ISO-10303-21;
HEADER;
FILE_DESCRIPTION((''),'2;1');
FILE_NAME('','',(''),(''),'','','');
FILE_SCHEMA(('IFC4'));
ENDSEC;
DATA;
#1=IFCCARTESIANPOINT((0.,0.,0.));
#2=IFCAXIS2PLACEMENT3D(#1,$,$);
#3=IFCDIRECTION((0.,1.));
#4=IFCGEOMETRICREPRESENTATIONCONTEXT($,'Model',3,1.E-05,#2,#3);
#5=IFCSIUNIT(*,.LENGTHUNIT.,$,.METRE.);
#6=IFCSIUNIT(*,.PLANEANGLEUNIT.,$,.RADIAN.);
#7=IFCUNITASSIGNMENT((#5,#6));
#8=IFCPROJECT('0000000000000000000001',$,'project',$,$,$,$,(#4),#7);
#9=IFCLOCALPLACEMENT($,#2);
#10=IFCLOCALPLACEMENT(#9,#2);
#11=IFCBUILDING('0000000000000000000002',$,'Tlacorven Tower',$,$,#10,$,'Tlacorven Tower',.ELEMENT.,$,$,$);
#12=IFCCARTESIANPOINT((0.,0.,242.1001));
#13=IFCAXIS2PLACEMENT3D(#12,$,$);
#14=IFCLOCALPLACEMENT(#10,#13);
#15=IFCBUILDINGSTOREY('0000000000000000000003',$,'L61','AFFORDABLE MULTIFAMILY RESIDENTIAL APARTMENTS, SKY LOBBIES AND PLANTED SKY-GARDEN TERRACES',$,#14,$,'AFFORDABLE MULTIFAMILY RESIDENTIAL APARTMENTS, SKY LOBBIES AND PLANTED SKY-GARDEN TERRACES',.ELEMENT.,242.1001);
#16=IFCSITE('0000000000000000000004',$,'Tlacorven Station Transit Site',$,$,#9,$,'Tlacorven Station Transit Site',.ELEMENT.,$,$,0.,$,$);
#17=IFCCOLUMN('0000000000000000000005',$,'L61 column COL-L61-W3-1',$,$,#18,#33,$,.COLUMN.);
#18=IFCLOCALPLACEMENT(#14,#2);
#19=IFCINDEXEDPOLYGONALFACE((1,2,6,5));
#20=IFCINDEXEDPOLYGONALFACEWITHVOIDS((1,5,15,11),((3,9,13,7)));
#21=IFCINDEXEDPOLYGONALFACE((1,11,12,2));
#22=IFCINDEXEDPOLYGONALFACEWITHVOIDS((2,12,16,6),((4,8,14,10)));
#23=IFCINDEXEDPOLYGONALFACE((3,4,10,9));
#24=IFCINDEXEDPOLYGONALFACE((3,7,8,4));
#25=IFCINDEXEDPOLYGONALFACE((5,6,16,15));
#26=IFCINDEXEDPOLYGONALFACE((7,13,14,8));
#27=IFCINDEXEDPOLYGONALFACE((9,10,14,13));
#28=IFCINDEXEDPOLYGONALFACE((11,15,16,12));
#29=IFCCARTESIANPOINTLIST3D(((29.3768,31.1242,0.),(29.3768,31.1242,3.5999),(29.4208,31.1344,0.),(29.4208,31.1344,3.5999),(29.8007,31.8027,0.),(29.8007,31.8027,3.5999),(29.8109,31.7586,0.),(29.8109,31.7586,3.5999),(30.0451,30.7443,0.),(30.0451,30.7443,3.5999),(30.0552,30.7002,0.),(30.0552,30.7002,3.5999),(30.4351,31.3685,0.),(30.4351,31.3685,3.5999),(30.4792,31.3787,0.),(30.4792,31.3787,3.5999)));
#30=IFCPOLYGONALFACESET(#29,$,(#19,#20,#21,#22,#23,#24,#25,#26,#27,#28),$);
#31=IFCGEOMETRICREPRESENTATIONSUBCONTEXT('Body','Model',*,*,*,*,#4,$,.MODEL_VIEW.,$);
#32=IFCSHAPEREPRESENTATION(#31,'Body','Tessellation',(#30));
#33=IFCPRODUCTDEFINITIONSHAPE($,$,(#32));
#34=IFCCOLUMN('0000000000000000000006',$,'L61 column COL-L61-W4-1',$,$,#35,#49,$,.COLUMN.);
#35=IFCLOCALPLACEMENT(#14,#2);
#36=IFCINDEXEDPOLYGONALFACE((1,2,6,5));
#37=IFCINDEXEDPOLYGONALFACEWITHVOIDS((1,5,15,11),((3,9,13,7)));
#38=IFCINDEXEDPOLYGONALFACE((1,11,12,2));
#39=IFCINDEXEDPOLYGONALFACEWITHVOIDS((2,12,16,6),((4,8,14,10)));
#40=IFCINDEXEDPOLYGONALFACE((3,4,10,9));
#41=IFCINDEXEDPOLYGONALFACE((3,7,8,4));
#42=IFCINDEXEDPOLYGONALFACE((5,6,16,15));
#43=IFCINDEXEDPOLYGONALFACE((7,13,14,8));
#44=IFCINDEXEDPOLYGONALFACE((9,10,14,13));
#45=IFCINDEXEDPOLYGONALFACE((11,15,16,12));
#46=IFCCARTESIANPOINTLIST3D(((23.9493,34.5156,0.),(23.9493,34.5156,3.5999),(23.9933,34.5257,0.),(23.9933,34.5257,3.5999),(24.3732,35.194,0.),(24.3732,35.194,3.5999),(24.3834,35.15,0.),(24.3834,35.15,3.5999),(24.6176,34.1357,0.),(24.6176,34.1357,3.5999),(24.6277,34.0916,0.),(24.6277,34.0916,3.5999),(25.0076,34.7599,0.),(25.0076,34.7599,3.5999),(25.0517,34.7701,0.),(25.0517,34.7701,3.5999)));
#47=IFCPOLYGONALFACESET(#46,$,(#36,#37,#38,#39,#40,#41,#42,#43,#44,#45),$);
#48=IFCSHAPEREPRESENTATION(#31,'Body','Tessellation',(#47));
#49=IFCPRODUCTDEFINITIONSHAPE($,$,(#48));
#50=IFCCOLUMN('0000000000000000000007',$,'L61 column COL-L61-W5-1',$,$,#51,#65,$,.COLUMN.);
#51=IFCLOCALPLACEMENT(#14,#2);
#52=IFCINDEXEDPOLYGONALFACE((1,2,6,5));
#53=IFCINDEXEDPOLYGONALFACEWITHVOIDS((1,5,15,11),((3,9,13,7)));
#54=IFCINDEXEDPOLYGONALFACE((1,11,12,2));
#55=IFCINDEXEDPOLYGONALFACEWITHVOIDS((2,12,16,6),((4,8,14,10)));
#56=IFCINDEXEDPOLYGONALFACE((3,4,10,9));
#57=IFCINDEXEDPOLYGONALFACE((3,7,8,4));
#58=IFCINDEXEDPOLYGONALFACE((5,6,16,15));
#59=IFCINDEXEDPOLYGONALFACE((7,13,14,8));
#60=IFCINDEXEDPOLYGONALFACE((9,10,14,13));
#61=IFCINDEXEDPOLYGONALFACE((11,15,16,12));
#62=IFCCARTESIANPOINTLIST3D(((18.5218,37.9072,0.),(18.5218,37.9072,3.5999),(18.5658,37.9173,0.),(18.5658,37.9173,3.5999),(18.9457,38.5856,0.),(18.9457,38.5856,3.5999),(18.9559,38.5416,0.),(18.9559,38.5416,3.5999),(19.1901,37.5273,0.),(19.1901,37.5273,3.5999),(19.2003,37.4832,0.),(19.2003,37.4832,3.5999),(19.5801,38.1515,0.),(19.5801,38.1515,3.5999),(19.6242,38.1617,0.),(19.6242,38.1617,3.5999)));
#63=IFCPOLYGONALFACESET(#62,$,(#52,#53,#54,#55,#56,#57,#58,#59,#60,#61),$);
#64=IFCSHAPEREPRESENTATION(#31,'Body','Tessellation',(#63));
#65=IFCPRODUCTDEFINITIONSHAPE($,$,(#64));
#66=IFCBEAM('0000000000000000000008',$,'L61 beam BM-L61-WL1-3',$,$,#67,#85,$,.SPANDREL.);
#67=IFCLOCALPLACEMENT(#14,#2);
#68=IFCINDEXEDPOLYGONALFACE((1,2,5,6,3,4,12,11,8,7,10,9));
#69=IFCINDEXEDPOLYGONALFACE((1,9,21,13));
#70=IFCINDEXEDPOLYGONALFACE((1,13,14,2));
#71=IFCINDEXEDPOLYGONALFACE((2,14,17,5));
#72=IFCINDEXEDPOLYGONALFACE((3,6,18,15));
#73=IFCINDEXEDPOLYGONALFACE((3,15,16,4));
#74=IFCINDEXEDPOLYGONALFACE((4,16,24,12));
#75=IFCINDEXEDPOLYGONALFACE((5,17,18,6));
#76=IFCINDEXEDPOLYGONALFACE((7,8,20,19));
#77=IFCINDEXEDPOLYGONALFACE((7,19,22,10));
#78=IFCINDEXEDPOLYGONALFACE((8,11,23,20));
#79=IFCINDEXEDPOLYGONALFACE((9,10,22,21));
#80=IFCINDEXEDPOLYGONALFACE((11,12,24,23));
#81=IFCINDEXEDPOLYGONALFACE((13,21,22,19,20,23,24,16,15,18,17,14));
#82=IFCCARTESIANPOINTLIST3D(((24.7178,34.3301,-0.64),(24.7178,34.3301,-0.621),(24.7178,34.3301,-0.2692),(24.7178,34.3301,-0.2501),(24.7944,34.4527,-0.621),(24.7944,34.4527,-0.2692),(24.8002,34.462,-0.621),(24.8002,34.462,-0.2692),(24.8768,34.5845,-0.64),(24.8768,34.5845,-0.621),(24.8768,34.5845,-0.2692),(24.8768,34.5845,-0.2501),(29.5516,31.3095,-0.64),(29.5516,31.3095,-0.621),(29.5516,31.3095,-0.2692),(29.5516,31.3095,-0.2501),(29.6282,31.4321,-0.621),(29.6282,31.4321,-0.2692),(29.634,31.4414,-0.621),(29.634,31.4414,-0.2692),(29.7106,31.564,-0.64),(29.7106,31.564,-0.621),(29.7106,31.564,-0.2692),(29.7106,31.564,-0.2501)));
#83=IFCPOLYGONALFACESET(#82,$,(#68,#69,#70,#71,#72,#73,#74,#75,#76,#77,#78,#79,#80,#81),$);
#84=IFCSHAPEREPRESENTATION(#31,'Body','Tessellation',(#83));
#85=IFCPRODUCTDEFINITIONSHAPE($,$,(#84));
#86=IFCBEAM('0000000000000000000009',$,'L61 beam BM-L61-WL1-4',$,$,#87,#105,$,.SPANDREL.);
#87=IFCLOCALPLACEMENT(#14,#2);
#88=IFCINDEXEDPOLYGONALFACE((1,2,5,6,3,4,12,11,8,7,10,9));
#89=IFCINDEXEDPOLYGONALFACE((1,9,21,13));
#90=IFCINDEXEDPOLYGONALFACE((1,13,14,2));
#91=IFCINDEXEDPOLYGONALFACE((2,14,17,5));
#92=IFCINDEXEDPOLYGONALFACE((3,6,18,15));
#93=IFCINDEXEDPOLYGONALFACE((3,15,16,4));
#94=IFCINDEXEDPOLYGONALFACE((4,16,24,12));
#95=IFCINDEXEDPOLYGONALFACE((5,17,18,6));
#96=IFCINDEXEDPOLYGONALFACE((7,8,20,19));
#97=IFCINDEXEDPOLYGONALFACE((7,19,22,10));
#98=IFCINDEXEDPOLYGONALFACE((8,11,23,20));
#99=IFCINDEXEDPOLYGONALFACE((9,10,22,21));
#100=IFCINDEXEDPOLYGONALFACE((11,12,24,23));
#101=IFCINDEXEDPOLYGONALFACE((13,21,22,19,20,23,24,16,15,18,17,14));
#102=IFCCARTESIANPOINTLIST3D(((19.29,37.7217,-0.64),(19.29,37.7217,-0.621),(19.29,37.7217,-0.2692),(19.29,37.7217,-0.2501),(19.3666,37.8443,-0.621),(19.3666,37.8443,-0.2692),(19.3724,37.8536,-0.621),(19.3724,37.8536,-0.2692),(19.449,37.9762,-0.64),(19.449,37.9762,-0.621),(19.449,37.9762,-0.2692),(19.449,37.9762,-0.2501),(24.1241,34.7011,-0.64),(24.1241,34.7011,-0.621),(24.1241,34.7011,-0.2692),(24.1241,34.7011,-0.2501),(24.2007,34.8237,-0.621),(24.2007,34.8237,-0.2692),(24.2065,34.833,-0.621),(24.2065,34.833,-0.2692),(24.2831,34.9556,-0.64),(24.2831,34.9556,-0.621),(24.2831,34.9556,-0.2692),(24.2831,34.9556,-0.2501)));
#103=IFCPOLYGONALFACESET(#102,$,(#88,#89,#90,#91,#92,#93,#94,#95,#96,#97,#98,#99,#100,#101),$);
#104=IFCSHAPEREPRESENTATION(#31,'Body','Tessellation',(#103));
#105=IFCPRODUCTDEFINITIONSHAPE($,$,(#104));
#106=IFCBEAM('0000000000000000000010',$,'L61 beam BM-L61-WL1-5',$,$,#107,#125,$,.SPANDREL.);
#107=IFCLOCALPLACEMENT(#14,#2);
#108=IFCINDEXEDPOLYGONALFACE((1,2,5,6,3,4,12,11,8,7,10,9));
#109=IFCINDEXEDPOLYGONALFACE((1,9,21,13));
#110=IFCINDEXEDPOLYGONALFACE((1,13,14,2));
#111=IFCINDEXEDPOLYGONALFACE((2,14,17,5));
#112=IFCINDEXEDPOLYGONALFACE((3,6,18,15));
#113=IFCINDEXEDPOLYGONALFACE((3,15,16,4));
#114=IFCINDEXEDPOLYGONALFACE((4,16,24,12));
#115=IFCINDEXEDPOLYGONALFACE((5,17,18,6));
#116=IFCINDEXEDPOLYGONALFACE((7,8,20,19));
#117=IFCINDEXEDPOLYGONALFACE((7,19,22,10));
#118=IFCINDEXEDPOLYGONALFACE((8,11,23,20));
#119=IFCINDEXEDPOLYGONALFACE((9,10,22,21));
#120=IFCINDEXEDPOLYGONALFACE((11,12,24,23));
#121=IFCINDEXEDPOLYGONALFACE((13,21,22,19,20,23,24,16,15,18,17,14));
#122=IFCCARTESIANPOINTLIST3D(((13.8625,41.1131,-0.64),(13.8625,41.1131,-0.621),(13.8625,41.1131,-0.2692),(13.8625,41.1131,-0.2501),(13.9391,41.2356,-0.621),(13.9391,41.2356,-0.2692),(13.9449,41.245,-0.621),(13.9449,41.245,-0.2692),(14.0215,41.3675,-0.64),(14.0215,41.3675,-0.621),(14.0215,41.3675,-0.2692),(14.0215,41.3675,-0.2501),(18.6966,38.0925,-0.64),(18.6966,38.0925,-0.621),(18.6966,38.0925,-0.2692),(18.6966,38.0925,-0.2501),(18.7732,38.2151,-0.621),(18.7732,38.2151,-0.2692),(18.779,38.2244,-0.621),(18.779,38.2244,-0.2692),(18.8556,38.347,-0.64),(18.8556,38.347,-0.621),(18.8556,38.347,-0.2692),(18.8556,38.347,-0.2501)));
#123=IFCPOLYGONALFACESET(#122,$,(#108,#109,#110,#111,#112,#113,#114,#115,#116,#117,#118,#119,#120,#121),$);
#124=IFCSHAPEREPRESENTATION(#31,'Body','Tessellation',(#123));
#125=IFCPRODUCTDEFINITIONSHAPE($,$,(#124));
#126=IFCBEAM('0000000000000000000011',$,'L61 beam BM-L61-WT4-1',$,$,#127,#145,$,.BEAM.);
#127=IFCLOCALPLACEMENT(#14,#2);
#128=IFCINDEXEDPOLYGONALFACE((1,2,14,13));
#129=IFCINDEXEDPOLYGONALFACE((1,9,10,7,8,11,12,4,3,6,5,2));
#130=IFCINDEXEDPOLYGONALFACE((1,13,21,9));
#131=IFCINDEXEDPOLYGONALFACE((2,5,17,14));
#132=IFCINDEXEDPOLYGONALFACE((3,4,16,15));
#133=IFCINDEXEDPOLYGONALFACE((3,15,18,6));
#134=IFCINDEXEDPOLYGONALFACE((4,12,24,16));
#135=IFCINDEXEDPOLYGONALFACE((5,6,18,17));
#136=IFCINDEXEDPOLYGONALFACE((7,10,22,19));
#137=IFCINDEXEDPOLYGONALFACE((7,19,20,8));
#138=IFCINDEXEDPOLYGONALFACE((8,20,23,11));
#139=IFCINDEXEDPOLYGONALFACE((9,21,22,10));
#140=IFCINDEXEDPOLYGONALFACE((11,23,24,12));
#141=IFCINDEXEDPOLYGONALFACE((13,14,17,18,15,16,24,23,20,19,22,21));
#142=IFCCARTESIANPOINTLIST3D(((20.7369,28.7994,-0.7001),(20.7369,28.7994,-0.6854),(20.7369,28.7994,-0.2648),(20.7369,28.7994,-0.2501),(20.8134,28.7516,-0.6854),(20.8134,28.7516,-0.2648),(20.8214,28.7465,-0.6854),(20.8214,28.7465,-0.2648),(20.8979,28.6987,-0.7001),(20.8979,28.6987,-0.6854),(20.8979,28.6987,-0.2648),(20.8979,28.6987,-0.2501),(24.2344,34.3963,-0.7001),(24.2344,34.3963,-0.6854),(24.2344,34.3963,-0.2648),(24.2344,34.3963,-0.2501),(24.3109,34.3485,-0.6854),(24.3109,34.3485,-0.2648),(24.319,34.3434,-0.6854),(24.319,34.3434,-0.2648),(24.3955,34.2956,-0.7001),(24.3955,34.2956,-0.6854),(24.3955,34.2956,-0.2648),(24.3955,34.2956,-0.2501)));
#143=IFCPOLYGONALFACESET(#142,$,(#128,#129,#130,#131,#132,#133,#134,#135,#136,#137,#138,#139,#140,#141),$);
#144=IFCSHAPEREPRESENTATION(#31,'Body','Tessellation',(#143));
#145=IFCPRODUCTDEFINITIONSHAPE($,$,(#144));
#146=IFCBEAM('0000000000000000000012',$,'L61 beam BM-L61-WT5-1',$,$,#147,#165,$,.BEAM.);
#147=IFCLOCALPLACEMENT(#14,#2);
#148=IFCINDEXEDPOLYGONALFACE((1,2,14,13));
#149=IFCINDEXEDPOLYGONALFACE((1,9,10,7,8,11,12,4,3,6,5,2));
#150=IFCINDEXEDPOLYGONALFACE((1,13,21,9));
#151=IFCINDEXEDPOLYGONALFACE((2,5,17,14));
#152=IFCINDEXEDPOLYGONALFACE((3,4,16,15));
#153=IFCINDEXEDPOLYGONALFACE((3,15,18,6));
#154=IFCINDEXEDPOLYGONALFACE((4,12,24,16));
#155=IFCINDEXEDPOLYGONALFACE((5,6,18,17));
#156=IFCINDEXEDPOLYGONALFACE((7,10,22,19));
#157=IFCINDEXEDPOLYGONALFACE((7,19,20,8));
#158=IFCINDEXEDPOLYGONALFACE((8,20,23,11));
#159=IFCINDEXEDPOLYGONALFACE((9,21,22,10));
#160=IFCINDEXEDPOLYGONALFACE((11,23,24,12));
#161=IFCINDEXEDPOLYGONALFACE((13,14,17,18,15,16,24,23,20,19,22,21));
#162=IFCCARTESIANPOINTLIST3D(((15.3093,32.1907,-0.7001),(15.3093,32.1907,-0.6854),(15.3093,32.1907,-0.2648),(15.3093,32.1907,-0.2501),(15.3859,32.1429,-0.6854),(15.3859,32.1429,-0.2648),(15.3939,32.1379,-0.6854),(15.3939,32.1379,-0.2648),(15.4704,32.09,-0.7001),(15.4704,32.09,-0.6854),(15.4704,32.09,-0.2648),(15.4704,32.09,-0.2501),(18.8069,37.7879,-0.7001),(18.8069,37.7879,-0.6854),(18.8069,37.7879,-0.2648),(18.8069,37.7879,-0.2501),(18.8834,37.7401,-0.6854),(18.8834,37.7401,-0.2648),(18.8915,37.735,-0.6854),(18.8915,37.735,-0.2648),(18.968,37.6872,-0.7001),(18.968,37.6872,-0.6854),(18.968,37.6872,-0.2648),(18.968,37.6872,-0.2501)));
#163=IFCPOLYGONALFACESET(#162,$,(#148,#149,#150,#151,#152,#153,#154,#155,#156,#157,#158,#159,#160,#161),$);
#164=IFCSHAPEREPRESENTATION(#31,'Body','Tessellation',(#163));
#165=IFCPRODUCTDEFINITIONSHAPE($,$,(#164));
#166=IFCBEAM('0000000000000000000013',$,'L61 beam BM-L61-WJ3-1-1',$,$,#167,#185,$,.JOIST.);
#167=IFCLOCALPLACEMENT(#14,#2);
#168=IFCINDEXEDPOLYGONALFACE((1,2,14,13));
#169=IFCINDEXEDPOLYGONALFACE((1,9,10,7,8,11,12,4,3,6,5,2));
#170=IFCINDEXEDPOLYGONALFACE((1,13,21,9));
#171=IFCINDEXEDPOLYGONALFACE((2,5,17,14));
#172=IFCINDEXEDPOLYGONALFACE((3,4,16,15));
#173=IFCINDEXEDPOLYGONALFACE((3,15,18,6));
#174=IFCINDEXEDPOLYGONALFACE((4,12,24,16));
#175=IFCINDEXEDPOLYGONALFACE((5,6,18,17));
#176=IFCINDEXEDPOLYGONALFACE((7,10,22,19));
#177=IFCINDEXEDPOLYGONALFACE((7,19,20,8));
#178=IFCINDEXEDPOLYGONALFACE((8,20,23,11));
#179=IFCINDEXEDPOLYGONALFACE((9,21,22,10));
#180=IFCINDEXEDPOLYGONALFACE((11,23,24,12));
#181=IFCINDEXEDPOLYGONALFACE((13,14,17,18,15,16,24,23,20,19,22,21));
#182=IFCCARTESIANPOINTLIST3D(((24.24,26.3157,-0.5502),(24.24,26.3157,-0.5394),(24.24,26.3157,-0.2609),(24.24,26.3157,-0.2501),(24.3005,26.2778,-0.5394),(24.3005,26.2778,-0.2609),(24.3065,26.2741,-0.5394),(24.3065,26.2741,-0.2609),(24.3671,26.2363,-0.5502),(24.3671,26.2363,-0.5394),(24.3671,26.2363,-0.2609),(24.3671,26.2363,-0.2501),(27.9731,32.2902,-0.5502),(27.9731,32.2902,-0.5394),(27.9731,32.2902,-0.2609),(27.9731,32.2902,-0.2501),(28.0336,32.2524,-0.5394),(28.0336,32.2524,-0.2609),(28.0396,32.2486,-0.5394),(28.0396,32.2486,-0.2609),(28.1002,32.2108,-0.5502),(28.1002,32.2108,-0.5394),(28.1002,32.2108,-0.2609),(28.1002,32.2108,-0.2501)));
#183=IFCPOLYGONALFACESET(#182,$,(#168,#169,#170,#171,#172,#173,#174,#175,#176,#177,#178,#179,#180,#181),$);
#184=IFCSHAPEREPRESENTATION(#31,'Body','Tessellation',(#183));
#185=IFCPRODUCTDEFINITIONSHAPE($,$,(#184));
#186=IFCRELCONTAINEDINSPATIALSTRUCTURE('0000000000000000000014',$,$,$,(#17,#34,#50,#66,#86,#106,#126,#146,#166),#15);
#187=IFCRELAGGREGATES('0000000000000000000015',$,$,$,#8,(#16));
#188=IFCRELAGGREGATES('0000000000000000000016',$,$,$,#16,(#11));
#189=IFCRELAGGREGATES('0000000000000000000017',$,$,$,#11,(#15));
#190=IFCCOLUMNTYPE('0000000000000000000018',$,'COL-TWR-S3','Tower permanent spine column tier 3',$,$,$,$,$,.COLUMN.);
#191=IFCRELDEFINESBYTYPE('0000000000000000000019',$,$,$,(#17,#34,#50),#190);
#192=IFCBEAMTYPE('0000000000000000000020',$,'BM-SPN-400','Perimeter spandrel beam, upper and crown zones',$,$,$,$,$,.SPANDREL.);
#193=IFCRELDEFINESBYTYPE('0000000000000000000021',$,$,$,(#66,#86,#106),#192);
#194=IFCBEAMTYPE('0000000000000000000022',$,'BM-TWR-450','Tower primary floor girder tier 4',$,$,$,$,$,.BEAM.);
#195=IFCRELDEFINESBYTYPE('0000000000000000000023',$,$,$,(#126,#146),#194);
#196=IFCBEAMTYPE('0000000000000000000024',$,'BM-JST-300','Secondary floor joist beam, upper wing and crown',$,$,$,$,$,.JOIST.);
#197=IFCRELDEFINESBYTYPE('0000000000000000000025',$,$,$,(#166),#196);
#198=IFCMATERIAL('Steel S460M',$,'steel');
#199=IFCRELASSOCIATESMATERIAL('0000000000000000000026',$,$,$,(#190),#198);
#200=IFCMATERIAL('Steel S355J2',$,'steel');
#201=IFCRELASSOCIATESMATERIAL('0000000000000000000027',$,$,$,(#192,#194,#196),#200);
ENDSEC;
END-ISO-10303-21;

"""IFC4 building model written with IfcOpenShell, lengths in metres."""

from ifc_helpers import new_model, si_unit, direction, frame, origin, origin_2d, place, context, subcontext, project, spatial, hollow_rectangle, i_section, extrude, source, transform, mapped, material, material_profile, profile_set, type_object, element, save


model = new_model("IFC4")

# Units and contexts
model_context = context("Model", 3, precision=1e-05, world=origin(), true_north=direction((0.0, 1.0)))
body_context = subcontext(model_context, "Body", "Model", "MODEL_VIEW")
ifc_project = project(units=[si_unit("LENGTHUNIT", "METRE"), si_unit("PLANEANGLEUNIT", "RADIAN")], contexts=[model_context])

# Site, building, storey
site_placement = place(None, origin())
site = spatial("IfcSite", under=ifc_project, at=site_placement, Name="Tlacorven Station Transit Site", LongName="Tlacorven Station Transit Site", CompositionType="ELEMENT", RefElevation=0.0)
building_placement = place(site_placement, origin())
building = spatial("IfcBuilding", under=site, at=building_placement, Name="Tlacorven Tower", LongName="Tlacorven Tower", CompositionType="ELEMENT")
storey_placement = place(building_placement, frame((0.0, 0.0, 242.1001)))
storey = spatial("IfcBuildingStorey", under=building, at=storey_placement, Name="L61", Description="AFFORDABLE MULTIFAMILY RESIDENTIAL APARTMENTS, SKY LOBBIES AND PLANTED SKY-GARDEN TERRACES", LongName="AFFORDABLE MULTIFAMILY RESIDENTIAL APARTMENTS, SKY LOBBIES AND PLANTED SKY-GARDEN TERRACES", CompositionType="ELEMENT", Elevation=242.1001)

# Columns
ifc_material_1 = material(Name="Steel S460M", Category="steel")
ifc_material_profile_1 = material_profile(ifc_material_1, hollow_rectangle(XDim=0.8, YDim=0.8, WallThickness=0.032, at=origin_2d()), Name="BOX 800X800X32")
ifc_profile_set_1 = profile_set([ifc_material_profile_1], Name="Steel S460M")
column_type = type_object("IfcColumnType", Name="COL-TWR-S3", Description="Tower permanent spine column tier 3", PredefinedType="COLUMN", material=ifc_profile_set_1)
shared_shape_1 = source(origin(), body_context, "Body", "SweptSolid", [
    extrude(hollow_rectangle(XDim=0.8, YDim=0.8, WallThickness=0.032, at=origin_2d()), origin(), (0.0, 0.0, 1.0), 3.5999),
])
for number, where, z_axis, x_axis, name in (
    (1, (29.928, 31.2515, 0.0), (0.0, 0.0, 1.0), (-0.848048, 0.529919, 0.0), "L61 column COL-L61-W3-1"),
    (2, (24.5005, 34.6428, 0.0), (0.0, 0.0, 1.0), (-0.848048, 0.529919, 0.0), "L61 column COL-L61-W4-1"),
    (3, (19.073, 38.0344, 0.0), (0.0, 0.0, 1.0), (-0.848048, 0.529919, 0.0), "L61 column COL-L61-W5-1"),
):
    element("IfcColumn", number, at=place(storey_placement, frame(where, z_axis=z_axis, x_axis=x_axis)), inside=storey, type_object=column_type, Name=name, PredefinedType="COLUMN", context=body_context, shape_type="MappedRepresentation", body=[
        mapped(shared_shape_1, transform((0.0, 0.0, 0.0), scale=1.0)),
    ])

# Beams
ifc_material_2 = material(Name="Steel S355J2", Category="steel")
ifc_material_profile_2 = material_profile(ifc_material_2, i_section(OverallWidth=0.3, OverallDepth=0.3899, WebThickness=0.011, FlangeThickness=0.019, at=origin_2d()), Name="HEA 400")
ifc_profile_set_2 = profile_set([ifc_material_profile_2], Name="Steel S355J2")
beam_type_1 = type_object("IfcBeamType", Name="BM-SPN-400", Description="Perimeter spandrel beam, upper and crown zones", PredefinedType="SPANDREL", material=ifc_profile_set_2)
shared_shape_2 = source(origin(), body_context, "Body", "SweptSolid", [
    extrude(i_section(OverallWidth=0.3, OverallDepth=0.3899, WebThickness=0.011, FlangeThickness=0.019, at=origin_2d()), origin(), (0.0, 0.0, 1.0), 5.7),
])
beam_1_placement = place(storey_placement, frame((29.6311, 31.4368, -0.4451), z_axis=(-0.848044, 0.529926, 0.0), x_axis=(-0.529926, -0.848044, 0.0)))
element("IfcBeam", 4, at=beam_1_placement, inside=storey, type_object=beam_type_1, Name="L61 beam BM-L61-WL1-3", PredefinedType="SPANDREL", context=body_context, shape_type="MappedRepresentation", body=[
    mapped(shared_shape_2, transform((0.0, 0.0, 0.0), scale=1.0)),
])
shared_shape_3 = source(origin(), body_context, "Body", "SweptSolid", [
    extrude(i_section(OverallWidth=0.3, OverallDepth=0.3899, WebThickness=0.011, FlangeThickness=0.019, at=origin_2d()), origin(), (0.0, 0.0, 1.0), 5.7002),
])
for number, where, z_axis, x_axis, name in (
    (5, (24.2036, 34.8284, -0.4451), (-0.848056, 0.529907, 0.0), (-0.529907, -0.848056, 0.0), "L61 beam BM-L61-WL1-4"),
    (6, (18.7761, 38.2197, -0.4451), (-0.848056, 0.529907, 0.0), (-0.529907, -0.848056, 0.0), "L61 beam BM-L61-WL1-5"),
):
    element("IfcBeam", number, at=place(storey_placement, frame(where, z_axis=z_axis, x_axis=x_axis)), inside=storey, type_object=beam_type_1, Name=name, PredefinedType="SPANDREL", context=body_context, shape_type="MappedRepresentation", body=[
        mapped(shared_shape_3, transform((0.0, 0.0, 0.0), scale=1.0)),
    ])
ifc_material_profile_3 = material_profile(ifc_material_2, i_section(OverallWidth=0.1899, OverallDepth=0.45, WebThickness=0.0095, FlangeThickness=0.0146, at=origin_2d()), Name="IPE 450")
ifc_profile_set_3 = profile_set([ifc_material_profile_3], Name="Steel S355J2")
beam_type_2 = type_object("IfcBeamType", Name="BM-TWR-450", Description="Tower primary floor girder tier 4", PredefinedType="BEAM", material=ifc_profile_set_3)
shared_shape_4 = source(origin(), body_context, "Body", "SweptSolid", [
    extrude(i_section(OverallWidth=0.1899, OverallDepth=0.45, WebThickness=0.0095, FlangeThickness=0.0146, at=origin_2d()), origin(), (0.0, 0.0, 1.0), 6.5999),
])
beam_2_placement = place(storey_placement, frame((24.3149, 34.3459, -0.4751), z_axis=(-0.529942, -0.848034, 0.0), x_axis=(0.848034, -0.529942, 0.0)))
element("IfcBeam", 7, at=beam_2_placement, inside=storey, type_object=beam_type_2, Name="L61 beam BM-L61-WT4-1", PredefinedType="BEAM", context=body_context, shape_type="MappedRepresentation", body=[
    mapped(shared_shape_4, transform((0.0, 0.0, 0.0), scale=1.0)),
])
shared_shape_5 = source(origin(), body_context, "Body", "SweptSolid", [
    extrude(i_section(OverallWidth=0.1899, OverallDepth=0.45, WebThickness=0.0095, FlangeThickness=0.0146, at=origin_2d()), origin(), (0.0, 0.0, 1.0), 6.6001),
])
beam_3_placement = place(storey_placement, frame((18.8875, 37.7375, -0.4751), z_axis=(-0.529926, -0.848044, 0.0), x_axis=(0.848044, -0.529926, 0.0)))
element("IfcBeam", 8, at=beam_3_placement, inside=storey, type_object=beam_type_2, Name="L61 beam BM-L61-WT5-1", PredefinedType="BEAM", context=body_context, shape_type="MappedRepresentation", body=[
    mapped(shared_shape_5, transform((0.0, 0.0, 0.0), scale=1.0)),
])
ifc_material_profile_4 = material_profile(ifc_material_2, i_section(OverallWidth=0.1499, OverallDepth=0.3, WebThickness=0.0071, FlangeThickness=0.0107, at=origin_2d()), Name="IPE 300")
ifc_profile_set_4 = profile_set([ifc_material_profile_4], Name="Steel S355J2")
beam_type_3 = type_object("IfcBeamType", Name="BM-JST-300", Description="Secondary floor joist beam, upper wing and crown", PredefinedType="JOIST", material=ifc_profile_set_4)
shared_shape_6 = source(origin(), body_context, "Body", "SweptSolid", [
    extrude(i_section(OverallWidth=0.1499, OverallDepth=0.3, WebThickness=0.0071, FlangeThickness=0.0107, at=origin_2d()), origin(), (0.0, 0.0, 1.0), 7.0449),
])
for number, where, z_axis, x_axis, name in (
    (9, (28.0366, 32.2505, -0.4001), (-0.529899, -0.848061, 0.0), (0.848061, -0.529899, 0.0), "L61 beam BM-L61-WJ3-1-1"),
):
    element("IfcBeam", number, at=place(storey_placement, frame(where, z_axis=z_axis, x_axis=x_axis)), inside=storey, type_object=beam_type_3, Name=name, PredefinedType="JOIST", context=body_context, shape_type="MappedRepresentation", body=[
        mapped(shared_shape_6, transform((0.0, 0.0, 0.0), scale=1.0)),
    ])

save(model, "model.ifc")
